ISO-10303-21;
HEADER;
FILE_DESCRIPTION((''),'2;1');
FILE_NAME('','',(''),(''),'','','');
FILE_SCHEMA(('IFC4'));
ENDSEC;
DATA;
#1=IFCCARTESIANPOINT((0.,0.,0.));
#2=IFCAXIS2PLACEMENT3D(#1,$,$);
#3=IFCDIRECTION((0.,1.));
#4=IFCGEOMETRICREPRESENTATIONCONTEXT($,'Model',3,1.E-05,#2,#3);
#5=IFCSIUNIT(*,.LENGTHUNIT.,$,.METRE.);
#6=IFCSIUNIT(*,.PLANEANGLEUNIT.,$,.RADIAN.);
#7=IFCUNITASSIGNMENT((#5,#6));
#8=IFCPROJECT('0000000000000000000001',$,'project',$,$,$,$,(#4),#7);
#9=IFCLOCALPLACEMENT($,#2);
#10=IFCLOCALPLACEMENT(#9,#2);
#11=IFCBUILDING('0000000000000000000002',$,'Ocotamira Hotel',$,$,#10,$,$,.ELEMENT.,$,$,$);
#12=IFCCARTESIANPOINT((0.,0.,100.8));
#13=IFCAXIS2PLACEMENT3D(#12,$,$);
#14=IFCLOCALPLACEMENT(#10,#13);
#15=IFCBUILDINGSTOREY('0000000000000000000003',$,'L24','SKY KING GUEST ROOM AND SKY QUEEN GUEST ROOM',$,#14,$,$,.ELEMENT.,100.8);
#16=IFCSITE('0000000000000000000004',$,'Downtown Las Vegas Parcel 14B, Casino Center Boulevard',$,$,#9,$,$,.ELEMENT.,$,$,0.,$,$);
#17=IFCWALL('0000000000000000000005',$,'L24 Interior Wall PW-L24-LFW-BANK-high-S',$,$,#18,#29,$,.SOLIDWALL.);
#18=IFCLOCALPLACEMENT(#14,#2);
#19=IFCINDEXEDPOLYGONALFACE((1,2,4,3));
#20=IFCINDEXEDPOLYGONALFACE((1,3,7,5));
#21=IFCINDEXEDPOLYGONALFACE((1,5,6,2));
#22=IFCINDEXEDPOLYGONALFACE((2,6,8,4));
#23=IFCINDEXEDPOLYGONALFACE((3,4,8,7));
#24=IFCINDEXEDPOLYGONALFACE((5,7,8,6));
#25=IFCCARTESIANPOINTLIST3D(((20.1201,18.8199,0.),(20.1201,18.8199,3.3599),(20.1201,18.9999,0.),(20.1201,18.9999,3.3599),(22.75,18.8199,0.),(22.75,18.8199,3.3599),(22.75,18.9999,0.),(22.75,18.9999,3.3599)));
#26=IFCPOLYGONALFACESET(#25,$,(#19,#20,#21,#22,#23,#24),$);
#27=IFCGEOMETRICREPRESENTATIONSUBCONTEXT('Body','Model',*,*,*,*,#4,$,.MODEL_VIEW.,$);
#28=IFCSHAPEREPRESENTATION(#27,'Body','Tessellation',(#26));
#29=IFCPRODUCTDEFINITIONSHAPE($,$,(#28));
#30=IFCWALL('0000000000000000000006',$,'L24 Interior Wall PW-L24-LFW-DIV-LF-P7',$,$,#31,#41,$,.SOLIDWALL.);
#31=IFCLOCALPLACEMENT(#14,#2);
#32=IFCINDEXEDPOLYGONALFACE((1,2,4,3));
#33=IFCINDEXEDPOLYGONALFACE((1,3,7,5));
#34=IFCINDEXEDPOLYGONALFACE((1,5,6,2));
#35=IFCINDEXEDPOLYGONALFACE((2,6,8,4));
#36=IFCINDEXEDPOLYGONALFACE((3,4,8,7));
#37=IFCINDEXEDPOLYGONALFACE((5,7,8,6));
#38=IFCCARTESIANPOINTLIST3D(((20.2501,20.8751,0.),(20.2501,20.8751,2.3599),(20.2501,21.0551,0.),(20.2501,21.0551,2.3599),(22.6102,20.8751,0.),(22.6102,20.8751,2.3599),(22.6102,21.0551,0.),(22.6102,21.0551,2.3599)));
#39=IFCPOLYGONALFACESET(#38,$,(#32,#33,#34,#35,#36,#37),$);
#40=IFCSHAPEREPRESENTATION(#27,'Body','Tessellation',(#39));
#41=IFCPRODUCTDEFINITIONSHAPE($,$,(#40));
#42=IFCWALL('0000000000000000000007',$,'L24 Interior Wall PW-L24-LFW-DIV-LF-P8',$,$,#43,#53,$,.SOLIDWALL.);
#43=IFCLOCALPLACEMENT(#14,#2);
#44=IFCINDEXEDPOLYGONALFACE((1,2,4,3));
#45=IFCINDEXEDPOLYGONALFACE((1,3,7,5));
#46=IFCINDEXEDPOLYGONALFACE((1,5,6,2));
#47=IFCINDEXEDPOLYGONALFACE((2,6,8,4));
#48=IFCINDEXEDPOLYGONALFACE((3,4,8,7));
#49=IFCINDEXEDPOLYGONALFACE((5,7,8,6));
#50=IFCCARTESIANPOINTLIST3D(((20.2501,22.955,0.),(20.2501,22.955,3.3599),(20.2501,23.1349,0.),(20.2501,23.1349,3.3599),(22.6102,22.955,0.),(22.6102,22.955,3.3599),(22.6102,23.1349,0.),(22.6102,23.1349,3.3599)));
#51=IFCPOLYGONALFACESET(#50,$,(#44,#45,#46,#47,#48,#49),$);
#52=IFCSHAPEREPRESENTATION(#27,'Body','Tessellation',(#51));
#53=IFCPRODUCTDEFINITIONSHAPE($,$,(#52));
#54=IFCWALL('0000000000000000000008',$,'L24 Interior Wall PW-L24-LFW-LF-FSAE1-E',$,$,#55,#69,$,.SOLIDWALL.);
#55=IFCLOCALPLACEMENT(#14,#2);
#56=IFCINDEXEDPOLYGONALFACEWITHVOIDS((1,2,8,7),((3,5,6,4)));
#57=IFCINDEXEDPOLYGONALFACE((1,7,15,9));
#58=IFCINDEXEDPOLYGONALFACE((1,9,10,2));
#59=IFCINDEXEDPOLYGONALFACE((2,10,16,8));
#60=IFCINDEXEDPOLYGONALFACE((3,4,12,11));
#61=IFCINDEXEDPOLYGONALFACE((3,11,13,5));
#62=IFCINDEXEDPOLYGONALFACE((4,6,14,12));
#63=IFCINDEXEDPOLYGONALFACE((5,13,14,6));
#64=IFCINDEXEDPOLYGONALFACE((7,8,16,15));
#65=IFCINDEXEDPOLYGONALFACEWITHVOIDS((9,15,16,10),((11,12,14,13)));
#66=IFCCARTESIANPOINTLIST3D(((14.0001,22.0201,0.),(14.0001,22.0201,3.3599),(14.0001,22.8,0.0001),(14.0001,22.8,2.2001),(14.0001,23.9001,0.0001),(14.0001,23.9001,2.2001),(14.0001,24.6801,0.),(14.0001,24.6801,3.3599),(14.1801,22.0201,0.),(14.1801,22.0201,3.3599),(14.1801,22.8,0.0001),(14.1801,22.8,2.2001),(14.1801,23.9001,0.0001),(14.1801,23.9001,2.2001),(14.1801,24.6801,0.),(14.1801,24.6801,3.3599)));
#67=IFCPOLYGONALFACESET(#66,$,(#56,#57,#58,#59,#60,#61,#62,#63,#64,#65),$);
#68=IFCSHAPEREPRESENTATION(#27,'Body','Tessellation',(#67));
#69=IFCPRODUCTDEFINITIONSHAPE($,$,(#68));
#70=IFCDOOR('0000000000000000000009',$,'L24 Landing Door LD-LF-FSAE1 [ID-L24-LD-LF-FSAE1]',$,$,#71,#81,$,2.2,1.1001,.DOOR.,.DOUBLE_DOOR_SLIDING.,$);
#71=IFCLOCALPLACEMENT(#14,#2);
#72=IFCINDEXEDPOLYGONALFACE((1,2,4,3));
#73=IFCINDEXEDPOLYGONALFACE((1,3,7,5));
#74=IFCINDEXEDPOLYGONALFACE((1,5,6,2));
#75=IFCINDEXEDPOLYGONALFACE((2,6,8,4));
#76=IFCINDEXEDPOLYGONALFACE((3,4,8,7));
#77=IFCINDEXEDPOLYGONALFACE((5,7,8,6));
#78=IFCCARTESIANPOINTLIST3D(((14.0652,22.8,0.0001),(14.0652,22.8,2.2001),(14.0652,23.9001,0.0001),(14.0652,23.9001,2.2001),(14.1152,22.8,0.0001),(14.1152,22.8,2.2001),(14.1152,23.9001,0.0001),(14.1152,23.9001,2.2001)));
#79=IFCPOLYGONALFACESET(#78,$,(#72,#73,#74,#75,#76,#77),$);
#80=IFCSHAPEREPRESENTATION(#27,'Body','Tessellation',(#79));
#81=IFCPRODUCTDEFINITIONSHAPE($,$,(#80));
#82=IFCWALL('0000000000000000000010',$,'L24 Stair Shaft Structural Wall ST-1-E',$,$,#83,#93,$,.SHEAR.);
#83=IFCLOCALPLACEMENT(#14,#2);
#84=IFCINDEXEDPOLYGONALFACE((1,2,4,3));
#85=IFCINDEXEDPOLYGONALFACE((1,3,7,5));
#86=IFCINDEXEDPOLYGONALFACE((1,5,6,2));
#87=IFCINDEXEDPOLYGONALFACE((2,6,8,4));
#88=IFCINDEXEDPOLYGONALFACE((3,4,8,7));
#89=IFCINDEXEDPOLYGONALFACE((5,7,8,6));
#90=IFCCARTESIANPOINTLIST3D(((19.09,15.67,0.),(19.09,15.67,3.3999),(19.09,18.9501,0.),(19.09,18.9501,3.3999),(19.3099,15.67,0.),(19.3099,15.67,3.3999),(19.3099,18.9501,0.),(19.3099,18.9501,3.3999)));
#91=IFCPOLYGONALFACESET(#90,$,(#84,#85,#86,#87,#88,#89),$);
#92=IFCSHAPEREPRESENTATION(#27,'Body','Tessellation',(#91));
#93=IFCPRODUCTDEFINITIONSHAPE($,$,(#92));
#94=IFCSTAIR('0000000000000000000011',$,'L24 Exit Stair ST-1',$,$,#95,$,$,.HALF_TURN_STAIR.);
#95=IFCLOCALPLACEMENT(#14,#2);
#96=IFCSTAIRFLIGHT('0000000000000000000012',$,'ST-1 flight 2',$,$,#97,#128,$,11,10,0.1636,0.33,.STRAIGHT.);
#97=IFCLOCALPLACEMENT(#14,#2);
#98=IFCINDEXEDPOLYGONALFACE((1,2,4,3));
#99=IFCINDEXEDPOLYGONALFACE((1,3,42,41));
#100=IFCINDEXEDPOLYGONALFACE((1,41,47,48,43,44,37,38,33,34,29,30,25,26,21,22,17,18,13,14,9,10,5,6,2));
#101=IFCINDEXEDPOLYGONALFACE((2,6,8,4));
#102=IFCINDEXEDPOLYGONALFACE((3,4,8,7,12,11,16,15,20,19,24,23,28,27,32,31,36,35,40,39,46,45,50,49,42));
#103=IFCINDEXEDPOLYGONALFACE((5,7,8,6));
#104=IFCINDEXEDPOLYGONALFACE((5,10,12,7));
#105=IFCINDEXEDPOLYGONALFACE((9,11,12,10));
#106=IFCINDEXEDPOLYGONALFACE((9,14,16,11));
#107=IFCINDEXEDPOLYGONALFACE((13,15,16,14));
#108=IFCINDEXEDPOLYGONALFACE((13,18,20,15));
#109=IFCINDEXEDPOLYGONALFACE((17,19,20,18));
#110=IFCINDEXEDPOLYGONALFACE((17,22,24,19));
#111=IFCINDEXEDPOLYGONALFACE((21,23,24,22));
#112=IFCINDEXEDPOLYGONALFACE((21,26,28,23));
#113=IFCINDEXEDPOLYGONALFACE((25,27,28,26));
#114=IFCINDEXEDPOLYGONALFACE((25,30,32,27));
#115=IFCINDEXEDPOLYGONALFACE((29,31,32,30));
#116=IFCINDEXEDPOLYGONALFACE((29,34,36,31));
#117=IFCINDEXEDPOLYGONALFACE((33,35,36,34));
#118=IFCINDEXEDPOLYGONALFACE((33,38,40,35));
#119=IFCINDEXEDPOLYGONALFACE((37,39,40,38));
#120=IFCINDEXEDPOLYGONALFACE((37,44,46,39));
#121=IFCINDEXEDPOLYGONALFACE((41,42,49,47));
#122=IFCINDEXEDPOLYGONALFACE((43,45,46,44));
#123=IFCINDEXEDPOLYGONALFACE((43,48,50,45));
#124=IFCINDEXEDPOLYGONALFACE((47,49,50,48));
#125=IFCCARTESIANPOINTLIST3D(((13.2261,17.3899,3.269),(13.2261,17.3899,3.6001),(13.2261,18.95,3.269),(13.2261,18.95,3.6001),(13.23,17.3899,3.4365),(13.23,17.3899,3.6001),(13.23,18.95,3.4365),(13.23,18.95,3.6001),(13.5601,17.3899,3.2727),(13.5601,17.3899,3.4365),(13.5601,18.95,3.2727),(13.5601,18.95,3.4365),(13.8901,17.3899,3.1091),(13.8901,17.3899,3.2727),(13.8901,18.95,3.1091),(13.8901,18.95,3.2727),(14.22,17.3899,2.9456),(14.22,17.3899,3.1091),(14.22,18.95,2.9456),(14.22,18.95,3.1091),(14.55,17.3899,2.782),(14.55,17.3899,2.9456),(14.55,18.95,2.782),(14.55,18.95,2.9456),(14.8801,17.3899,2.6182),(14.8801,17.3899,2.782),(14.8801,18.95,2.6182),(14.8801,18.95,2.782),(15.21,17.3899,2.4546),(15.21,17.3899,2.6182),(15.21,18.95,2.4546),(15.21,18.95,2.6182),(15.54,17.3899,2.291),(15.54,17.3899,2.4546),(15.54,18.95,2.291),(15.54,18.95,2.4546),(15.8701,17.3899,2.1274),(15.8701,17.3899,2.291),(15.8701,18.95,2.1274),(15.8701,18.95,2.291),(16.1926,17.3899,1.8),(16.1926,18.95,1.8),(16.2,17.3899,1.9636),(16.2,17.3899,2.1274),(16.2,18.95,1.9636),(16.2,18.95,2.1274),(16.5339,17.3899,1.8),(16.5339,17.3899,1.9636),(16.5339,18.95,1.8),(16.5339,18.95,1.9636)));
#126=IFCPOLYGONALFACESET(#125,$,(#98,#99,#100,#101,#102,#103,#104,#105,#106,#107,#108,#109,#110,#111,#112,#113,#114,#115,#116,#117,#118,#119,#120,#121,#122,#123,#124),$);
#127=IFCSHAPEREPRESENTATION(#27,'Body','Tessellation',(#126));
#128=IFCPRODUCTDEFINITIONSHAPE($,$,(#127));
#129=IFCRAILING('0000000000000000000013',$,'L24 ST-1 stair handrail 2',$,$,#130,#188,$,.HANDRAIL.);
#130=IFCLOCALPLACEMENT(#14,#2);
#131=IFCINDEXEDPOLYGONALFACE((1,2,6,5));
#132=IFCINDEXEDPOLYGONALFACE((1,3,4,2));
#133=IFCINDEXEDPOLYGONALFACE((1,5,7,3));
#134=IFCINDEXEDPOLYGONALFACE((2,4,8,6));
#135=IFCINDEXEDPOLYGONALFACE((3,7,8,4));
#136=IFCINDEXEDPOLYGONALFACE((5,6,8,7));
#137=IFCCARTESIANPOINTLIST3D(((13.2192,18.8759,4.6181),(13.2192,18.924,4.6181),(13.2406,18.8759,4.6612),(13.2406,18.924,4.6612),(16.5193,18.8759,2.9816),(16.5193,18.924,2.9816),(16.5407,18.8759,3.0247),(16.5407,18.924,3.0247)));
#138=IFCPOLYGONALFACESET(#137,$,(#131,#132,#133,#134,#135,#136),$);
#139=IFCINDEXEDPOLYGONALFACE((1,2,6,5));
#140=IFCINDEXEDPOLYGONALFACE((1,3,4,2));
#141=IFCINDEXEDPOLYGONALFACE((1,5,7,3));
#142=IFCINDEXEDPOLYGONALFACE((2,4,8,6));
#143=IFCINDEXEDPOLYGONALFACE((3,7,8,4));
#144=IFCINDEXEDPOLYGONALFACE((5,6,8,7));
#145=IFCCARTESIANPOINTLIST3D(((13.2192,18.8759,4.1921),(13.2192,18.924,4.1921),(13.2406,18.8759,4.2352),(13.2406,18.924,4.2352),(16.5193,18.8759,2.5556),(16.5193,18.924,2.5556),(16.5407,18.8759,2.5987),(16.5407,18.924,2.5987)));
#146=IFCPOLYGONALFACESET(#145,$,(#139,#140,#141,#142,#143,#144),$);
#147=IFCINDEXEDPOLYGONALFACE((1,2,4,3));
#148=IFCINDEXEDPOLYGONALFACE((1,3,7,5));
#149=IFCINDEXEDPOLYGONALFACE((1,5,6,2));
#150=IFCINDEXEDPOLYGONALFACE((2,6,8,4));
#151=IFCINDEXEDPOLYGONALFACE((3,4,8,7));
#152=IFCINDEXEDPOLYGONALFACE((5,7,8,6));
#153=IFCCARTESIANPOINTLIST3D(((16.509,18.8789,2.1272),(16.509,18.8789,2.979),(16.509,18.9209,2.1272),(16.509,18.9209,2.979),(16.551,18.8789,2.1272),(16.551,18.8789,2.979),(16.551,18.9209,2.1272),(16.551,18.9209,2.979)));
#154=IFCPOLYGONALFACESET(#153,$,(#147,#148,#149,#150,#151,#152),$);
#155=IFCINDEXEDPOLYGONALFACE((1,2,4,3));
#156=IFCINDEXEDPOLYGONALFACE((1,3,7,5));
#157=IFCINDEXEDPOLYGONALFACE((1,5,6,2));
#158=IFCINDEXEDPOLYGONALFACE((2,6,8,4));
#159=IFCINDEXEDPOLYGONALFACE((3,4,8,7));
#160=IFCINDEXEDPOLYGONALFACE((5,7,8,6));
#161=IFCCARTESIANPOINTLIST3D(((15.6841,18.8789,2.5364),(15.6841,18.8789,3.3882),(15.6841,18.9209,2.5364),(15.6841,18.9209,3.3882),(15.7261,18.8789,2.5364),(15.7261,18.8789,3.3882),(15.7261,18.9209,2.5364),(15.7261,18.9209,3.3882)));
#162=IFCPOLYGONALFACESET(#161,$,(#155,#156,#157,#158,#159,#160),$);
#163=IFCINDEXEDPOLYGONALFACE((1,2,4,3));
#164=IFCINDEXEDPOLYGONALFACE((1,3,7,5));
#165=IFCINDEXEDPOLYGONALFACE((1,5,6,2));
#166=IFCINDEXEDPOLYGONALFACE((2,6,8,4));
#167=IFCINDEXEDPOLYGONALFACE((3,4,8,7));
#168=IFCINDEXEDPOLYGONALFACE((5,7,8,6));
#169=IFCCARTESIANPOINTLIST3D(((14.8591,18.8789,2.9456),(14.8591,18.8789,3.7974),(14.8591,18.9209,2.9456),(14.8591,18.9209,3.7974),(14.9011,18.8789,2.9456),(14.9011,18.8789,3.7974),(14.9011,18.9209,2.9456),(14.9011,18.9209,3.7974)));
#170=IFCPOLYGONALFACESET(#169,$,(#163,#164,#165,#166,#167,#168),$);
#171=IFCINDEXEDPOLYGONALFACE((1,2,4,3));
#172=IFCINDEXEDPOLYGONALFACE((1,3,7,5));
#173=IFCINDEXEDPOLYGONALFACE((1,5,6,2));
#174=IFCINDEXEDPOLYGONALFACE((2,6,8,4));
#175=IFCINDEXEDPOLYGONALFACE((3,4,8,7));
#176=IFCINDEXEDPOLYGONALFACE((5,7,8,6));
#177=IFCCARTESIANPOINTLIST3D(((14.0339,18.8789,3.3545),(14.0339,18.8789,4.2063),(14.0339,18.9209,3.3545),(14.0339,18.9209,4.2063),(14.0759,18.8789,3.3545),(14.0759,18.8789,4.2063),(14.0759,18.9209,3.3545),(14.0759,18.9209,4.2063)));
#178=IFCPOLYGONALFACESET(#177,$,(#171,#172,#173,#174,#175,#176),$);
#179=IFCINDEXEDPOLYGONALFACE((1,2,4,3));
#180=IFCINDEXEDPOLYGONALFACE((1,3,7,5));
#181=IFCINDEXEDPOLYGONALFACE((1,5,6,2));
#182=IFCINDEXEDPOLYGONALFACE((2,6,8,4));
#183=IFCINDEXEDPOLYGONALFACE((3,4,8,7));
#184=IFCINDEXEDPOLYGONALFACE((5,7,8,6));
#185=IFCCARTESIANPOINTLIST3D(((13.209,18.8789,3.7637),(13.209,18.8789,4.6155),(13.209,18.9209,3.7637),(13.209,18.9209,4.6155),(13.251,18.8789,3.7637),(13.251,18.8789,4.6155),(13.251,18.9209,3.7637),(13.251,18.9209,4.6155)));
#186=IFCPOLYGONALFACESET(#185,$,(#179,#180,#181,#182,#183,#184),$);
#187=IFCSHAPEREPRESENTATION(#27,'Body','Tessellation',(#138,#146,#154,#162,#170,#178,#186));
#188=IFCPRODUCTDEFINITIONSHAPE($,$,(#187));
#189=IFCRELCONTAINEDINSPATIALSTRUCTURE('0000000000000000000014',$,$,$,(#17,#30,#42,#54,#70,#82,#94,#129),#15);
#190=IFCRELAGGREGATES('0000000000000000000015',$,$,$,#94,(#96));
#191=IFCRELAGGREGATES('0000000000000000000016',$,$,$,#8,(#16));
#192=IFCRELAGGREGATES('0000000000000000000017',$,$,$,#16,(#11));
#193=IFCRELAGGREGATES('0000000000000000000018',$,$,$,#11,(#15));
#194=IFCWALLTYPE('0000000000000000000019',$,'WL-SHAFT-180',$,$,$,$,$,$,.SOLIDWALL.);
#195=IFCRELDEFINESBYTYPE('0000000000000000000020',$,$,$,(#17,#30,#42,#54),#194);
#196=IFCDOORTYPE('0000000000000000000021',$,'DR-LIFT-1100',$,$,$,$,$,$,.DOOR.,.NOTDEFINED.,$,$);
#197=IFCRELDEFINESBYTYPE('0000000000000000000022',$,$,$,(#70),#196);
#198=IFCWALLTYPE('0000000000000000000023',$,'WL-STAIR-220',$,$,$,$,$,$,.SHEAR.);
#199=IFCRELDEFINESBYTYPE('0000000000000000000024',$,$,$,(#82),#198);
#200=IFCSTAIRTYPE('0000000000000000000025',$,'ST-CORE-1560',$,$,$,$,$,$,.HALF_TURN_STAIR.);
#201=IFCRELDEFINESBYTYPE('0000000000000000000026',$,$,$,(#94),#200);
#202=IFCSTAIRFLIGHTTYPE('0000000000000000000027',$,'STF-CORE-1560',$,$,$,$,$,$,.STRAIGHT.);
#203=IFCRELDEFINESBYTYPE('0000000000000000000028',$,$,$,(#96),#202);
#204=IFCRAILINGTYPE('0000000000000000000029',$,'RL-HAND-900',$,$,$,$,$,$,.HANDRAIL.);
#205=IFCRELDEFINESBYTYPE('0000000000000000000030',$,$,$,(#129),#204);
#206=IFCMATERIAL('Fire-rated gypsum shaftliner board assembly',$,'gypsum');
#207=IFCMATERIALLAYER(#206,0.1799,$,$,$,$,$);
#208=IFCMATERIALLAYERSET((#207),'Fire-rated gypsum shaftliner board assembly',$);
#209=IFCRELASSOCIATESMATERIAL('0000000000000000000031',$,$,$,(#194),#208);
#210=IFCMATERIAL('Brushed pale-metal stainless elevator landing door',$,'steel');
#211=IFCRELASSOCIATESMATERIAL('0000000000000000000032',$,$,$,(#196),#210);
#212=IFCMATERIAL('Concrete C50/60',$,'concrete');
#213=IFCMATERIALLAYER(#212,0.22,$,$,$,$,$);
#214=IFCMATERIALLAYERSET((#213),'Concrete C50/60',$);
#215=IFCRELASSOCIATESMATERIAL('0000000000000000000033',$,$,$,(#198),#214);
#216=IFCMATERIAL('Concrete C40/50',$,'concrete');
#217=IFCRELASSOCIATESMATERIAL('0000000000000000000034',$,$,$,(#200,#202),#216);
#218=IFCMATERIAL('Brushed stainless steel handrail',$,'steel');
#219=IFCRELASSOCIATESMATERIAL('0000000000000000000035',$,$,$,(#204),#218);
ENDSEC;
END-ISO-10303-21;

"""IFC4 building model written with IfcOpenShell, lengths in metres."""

from ifc_helpers import new_model, si_unit, direction, frame, frame_2d, origin, origin_2d, place, context, subcontext, project, spatial, polyline, rectangle, outline, extrude, source, transform, mapped, material, layer, layer_set, type_object, element, fill, aggregate, save


model = new_model("IFC4")

# Units and contexts
model_context = context("Model", 3, precision=1e-05, world=origin(), true_north=direction((0.0, 1.0)))
body_context = subcontext(model_context, "Body", "Model", "MODEL_VIEW")
ifc_project = project(units=[si_unit("LENGTHUNIT", "METRE"), si_unit("PLANEANGLEUNIT", "RADIAN")], contexts=[model_context])

# Site, building, storey
site_placement = place(None, origin())
site = spatial("IfcSite", under=ifc_project, at=site_placement, Name="Downtown Las Vegas Parcel 14B, Casino Center Boulevard", CompositionType="ELEMENT", RefElevation=0.0)
building_placement = place(site_placement, origin())
building = spatial("IfcBuilding", under=site, at=building_placement, Name="Ocotamira Hotel", CompositionType="ELEMENT")
storey_placement = place(building_placement, frame((0.0, 0.0, 100.8)))
storey = spatial("IfcBuildingStorey", under=building, at=storey_placement, Name="L24", Description="SKY KING GUEST ROOM AND SKY QUEEN GUEST ROOM", CompositionType="ELEMENT", Elevation=100.8)

# Walls
ifc_material_1 = material(Name="Fire-rated gypsum shaftliner board assembly", Category="gypsum")
ifc_layer_1 = layer(ifc_material_1, 0.1799)
ifc_layer_set_1 = layer_set([ifc_layer_1], Name="Fire-rated gypsum shaftliner board assembly")
wall_type_1 = type_object("IfcWallType", Name="WL-SHAFT-180", PredefinedType="SOLIDWALL", material=ifc_layer_set_1)
wall_1_placement = place(storey_placement, frame((20.1201, 18.9099, 0.0), z_axis=(0.0, 0.0, 1.0), x_axis=(1.0, 0.0, 0.0)))
element("IfcWall", 1, at=wall_1_placement, inside=storey, type_object=wall_type_1, Name="L24 Interior Wall PW-L24-LFW-BANK-high-S", PredefinedType="SOLIDWALL", context=body_context, shape_type="SweptSolid", body=[
    extrude(rectangle(XDim=2.6299, YDim=0.1799, at=frame_2d((1.3149, 0.0))), origin(), (0.0, 0.0, 1.0), 3.3599),
])
wall_2_placement = place(storey_placement, frame((20.25, 20.9651, 0.0), z_axis=(0.0, 0.0, 1.0), x_axis=(1.0, 0.0, 0.0)))
element("IfcWall", 2, at=wall_2_placement, inside=storey, type_object=wall_type_1, Name="L24 Interior Wall PW-L24-LFW-DIV-LF-P7", PredefinedType="SOLIDWALL", context=body_context, shape_type="SweptSolid", body=[
    extrude(rectangle(XDim=2.3601, YDim=0.1799, at=frame_2d((1.1802, 0.0))), origin(), (0.0, 0.0, 1.0), 2.3599),
])
wall_3_placement = place(storey_placement, frame((20.25, 23.0449, 0.0), z_axis=(0.0, 0.0, 1.0), x_axis=(1.0, 0.0, 0.0)))
element("IfcWall", 3, at=wall_3_placement, inside=storey, type_object=wall_type_1, Name="L24 Interior Wall PW-L24-LFW-DIV-LF-P8", PredefinedType="SOLIDWALL", context=body_context, shape_type="SweptSolid", body=[
    extrude(rectangle(XDim=2.3601, YDim=0.1799, at=frame_2d((1.1802, 0.0))), origin(), (0.0, 0.0, 1.0), 3.3599),
])

# Wall, opening, door
wall_4_placement = place(storey_placement, frame((14.0901, 22.02, 0.0), z_axis=(0.0, 0.0, 1.0), x_axis=(0.0, 1.0, 0.0)))
wall_4 = element("IfcWall", 4, at=wall_4_placement, inside=storey, type_object=wall_type_1, Name="L24 Interior Wall PW-L24-LFW-LF-FSAE1-E", PredefinedType="SOLIDWALL", context=body_context, shape_type="SweptSolid", body=[
    extrude(rectangle(XDim=2.6599, YDim=0.1799, at=frame_2d((1.3301, 0.0))), origin(), (0.0, 0.0, 1.0), 3.3599),
])
opening_1_placement = place(wall_4_placement, frame((0.78, 0.0, 0.0)))
opening_1 = element("IfcOpeningElement", 5, at=opening_1_placement, cuts=wall_4, PredefinedType="OPENING", context=body_context, shape_type="SweptSolid", body=[
    extrude(rectangle(XDim=1.1001, YDim=2.2, at=frame_2d((0.55, 1.1001))), frame((0.0, 0.1001, 0.0), z_axis=(0.0, -1.0, 0.0), x_axis=(1.0, 0.0, 0.0)), (0.0, 0.0, 1.0), 0.2),
])
ifc_material_2 = material(Name="Brushed pale-metal stainless elevator landing door", Category="steel")
door_type_1 = type_object("IfcDoorType", Name="DR-LIFT-1100", OperationType="NOTDEFINED", PredefinedType="DOOR", material=ifc_material_2)
shared_shape_1 = source(origin(), body_context, "Body", "SweptSolid", [
    extrude(rectangle(XDim=1.1001, YDim=2.2, at=frame_2d((0.55, 1.1001))), frame((0.0, 0.0249, 0.0), z_axis=(0.0, -1.0, 0.0), x_axis=(1.0, 0.0, 0.0)), (0.0, 0.0, 1.0), 0.05),
])
door_1_placement = place(opening_1_placement, origin())
door_1 = element("IfcDoor", 6, at=door_1_placement, inside=storey, type_object=door_type_1, Name="L24 Landing Door LD-LF-FSAE1 [ID-L24-LD-LF-FSAE1]", OperationType="DOUBLE_DOOR_SLIDING", OverallHeight=2.2, OverallWidth=1.1001, PredefinedType="DOOR", context=body_context, shape_type="MappedRepresentation", body=[
    mapped(shared_shape_1, transform((0.0, 0.0, 0.0), scale=1.0)),
])
fill(opening_1, door_1)

# Wall
ifc_material_3 = material(Name="Concrete C50/60", Category="concrete")
ifc_layer_2 = layer(ifc_material_3, 0.22)
ifc_layer_set_2 = layer_set([ifc_layer_2], Name="Concrete C50/60")
wall_type_2 = type_object("IfcWallType", Name="WL-STAIR-220", PredefinedType="SHEAR", material=ifc_layer_set_2)
wall_5_placement = place(storey_placement, frame((19.2, 15.6699, 0.0), z_axis=(0.0, 0.0, 1.0), x_axis=(0.0, 1.0, 0.0)))
element("IfcWall", 7, at=wall_5_placement, inside=storey, type_object=wall_type_2, Name="L24 Stair Shaft Structural Wall ST-1-E", PredefinedType="SHEAR", context=body_context, shape_type="SweptSolid", body=[
    extrude(rectangle(XDim=3.28, YDim=0.22, at=frame_2d((1.6401, 0.0))), origin(), (0.0, 0.0, 1.0), 3.3999),
])

# Stair, stair flight
ifc_material_4 = material(Name="Concrete C40/50", Category="concrete")
stair_type = type_object("IfcStairType", Name="ST-CORE-1560", PredefinedType="HALF_TURN_STAIR", material=ifc_material_4)
stair_placement = place(storey_placement, origin())
stair = element("IfcStair", 8, at=stair_placement, inside=storey, type_object=stair_type, Name="L24 Exit Stair ST-1", PredefinedType="HALF_TURN_STAIR")
stair_flight_type = type_object("IfcStairFlightType", Name="STF-CORE-1560", PredefinedType="STRAIGHT", material=ifc_material_4)
shared_shape_2 = source(origin(), body_context, "Body", "SweptSolid", [
    extrude(outline(polyline([(-0.0039, 0.0), (-0.0039, 0.1636), (0.3301, 0.1636), (0.3301, 0.3274), (0.6599, 0.3274), (0.6599, 0.491), (0.99, 0.491), (0.99, 0.6545), (1.3201, 0.6545), (1.3201, 0.8181), (1.6499, 0.8181), (1.6499, 0.9819), (1.98, 0.9819), (1.98, 1.1455), (2.3101, 1.1455), (2.3101, 1.3091), (2.6399, 1.3091), (2.6399, 1.4727), (2.97, 1.4727), (2.97, 1.6365), (3.3, 1.6365), (3.3, 1.8), (3.304, 1.8), (3.304, 1.469), (0.3374, 0.0), (-0.0039, 0.0)])), frame((0.0, 0.78, 0.0), z_axis=(0.0, -1.0, 0.0), x_axis=(1.0, 0.0, 0.0)), (0.0, 0.0, 1.0), 1.5601),
])
stair_flight_placement = place(storey_placement, frame((16.53, 18.1699, 1.8), z_axis=(0.0, 0.0, 1.0), x_axis=(-1.0, 0.0, 0.0)))
stair_flight = element("IfcStairFlight", 9, at=stair_flight_placement, type_object=stair_flight_type, Name="ST-1 flight 2", NumberOfRisers=11, NumberOfTreads=10, PredefinedType="STRAIGHT", RiserHeight=0.1636, TreadLength=0.33, context=body_context, shape_type="MappedRepresentation", body=[
    mapped(shared_shape_2, transform((0.0, 0.0, 0.0), scale=1.0)),
])
aggregate(stair, [stair_flight])

# Railing
ifc_material_5 = material(Name="Brushed stainless steel handrail", Category="steel")
railing_type_1 = type_object("IfcRailingType", Name="RL-HAND-900", PredefinedType="HANDRAIL", material=ifc_material_5)
railing_1_placement = place(storey_placement, frame((16.53, 18.8999, 2.1272)))
element("IfcRailing", 10, at=railing_1_placement, inside=storey, type_object=railing_type_1, Name="L24 ST-1 stair handrail 2", PredefinedType="HANDRAIL", context=body_context, shape_type="SweptSolid", body=[
    extrude(rectangle(XDim=0.0481, YDim=0.0481, at=origin_2d()), frame((0.0, 0.0, 0.876), z_axis=(-0.895894, 0.0, 0.444268), x_axis=(0.0, -1.0, 0.0)), (0.0, 0.0, 1.0), 3.6836),
    extrude(rectangle(XDim=0.0481, YDim=0.0481, at=origin_2d()), frame((0.0, 0.0, 0.45), z_axis=(-0.895894, 0.0, 0.444268), x_axis=(0.0, -1.0, 0.0)), (0.0, 0.0, 1.0), 3.6836),
    extrude(rectangle(XDim=0.042, YDim=0.042, at=origin_2d()), origin(), (0.0, 0.0, 1.0), 0.8518),
    extrude(rectangle(XDim=0.042, YDim=0.042, at=origin_2d()), frame((-0.825, 0.0, 0.4092)), (0.0, 0.0, 1.0), 0.8518),
    extrude(rectangle(XDim=0.042, YDim=0.042, at=origin_2d()), frame((-1.6499, 0.0, 0.8184)), (0.0, 0.0, 1.0), 0.8518),
    extrude(rectangle(XDim=0.042, YDim=0.042, at=origin_2d()), frame((-2.4751, 0.0, 1.2273)), (0.0, 0.0, 1.0), 0.8518),
    extrude(rectangle(XDim=0.042, YDim=0.042, at=origin_2d()), frame((-3.3, 0.0, 1.6365)), (0.0, 0.0, 1.0), 0.8518),
])

save(model, "model.ifc")
